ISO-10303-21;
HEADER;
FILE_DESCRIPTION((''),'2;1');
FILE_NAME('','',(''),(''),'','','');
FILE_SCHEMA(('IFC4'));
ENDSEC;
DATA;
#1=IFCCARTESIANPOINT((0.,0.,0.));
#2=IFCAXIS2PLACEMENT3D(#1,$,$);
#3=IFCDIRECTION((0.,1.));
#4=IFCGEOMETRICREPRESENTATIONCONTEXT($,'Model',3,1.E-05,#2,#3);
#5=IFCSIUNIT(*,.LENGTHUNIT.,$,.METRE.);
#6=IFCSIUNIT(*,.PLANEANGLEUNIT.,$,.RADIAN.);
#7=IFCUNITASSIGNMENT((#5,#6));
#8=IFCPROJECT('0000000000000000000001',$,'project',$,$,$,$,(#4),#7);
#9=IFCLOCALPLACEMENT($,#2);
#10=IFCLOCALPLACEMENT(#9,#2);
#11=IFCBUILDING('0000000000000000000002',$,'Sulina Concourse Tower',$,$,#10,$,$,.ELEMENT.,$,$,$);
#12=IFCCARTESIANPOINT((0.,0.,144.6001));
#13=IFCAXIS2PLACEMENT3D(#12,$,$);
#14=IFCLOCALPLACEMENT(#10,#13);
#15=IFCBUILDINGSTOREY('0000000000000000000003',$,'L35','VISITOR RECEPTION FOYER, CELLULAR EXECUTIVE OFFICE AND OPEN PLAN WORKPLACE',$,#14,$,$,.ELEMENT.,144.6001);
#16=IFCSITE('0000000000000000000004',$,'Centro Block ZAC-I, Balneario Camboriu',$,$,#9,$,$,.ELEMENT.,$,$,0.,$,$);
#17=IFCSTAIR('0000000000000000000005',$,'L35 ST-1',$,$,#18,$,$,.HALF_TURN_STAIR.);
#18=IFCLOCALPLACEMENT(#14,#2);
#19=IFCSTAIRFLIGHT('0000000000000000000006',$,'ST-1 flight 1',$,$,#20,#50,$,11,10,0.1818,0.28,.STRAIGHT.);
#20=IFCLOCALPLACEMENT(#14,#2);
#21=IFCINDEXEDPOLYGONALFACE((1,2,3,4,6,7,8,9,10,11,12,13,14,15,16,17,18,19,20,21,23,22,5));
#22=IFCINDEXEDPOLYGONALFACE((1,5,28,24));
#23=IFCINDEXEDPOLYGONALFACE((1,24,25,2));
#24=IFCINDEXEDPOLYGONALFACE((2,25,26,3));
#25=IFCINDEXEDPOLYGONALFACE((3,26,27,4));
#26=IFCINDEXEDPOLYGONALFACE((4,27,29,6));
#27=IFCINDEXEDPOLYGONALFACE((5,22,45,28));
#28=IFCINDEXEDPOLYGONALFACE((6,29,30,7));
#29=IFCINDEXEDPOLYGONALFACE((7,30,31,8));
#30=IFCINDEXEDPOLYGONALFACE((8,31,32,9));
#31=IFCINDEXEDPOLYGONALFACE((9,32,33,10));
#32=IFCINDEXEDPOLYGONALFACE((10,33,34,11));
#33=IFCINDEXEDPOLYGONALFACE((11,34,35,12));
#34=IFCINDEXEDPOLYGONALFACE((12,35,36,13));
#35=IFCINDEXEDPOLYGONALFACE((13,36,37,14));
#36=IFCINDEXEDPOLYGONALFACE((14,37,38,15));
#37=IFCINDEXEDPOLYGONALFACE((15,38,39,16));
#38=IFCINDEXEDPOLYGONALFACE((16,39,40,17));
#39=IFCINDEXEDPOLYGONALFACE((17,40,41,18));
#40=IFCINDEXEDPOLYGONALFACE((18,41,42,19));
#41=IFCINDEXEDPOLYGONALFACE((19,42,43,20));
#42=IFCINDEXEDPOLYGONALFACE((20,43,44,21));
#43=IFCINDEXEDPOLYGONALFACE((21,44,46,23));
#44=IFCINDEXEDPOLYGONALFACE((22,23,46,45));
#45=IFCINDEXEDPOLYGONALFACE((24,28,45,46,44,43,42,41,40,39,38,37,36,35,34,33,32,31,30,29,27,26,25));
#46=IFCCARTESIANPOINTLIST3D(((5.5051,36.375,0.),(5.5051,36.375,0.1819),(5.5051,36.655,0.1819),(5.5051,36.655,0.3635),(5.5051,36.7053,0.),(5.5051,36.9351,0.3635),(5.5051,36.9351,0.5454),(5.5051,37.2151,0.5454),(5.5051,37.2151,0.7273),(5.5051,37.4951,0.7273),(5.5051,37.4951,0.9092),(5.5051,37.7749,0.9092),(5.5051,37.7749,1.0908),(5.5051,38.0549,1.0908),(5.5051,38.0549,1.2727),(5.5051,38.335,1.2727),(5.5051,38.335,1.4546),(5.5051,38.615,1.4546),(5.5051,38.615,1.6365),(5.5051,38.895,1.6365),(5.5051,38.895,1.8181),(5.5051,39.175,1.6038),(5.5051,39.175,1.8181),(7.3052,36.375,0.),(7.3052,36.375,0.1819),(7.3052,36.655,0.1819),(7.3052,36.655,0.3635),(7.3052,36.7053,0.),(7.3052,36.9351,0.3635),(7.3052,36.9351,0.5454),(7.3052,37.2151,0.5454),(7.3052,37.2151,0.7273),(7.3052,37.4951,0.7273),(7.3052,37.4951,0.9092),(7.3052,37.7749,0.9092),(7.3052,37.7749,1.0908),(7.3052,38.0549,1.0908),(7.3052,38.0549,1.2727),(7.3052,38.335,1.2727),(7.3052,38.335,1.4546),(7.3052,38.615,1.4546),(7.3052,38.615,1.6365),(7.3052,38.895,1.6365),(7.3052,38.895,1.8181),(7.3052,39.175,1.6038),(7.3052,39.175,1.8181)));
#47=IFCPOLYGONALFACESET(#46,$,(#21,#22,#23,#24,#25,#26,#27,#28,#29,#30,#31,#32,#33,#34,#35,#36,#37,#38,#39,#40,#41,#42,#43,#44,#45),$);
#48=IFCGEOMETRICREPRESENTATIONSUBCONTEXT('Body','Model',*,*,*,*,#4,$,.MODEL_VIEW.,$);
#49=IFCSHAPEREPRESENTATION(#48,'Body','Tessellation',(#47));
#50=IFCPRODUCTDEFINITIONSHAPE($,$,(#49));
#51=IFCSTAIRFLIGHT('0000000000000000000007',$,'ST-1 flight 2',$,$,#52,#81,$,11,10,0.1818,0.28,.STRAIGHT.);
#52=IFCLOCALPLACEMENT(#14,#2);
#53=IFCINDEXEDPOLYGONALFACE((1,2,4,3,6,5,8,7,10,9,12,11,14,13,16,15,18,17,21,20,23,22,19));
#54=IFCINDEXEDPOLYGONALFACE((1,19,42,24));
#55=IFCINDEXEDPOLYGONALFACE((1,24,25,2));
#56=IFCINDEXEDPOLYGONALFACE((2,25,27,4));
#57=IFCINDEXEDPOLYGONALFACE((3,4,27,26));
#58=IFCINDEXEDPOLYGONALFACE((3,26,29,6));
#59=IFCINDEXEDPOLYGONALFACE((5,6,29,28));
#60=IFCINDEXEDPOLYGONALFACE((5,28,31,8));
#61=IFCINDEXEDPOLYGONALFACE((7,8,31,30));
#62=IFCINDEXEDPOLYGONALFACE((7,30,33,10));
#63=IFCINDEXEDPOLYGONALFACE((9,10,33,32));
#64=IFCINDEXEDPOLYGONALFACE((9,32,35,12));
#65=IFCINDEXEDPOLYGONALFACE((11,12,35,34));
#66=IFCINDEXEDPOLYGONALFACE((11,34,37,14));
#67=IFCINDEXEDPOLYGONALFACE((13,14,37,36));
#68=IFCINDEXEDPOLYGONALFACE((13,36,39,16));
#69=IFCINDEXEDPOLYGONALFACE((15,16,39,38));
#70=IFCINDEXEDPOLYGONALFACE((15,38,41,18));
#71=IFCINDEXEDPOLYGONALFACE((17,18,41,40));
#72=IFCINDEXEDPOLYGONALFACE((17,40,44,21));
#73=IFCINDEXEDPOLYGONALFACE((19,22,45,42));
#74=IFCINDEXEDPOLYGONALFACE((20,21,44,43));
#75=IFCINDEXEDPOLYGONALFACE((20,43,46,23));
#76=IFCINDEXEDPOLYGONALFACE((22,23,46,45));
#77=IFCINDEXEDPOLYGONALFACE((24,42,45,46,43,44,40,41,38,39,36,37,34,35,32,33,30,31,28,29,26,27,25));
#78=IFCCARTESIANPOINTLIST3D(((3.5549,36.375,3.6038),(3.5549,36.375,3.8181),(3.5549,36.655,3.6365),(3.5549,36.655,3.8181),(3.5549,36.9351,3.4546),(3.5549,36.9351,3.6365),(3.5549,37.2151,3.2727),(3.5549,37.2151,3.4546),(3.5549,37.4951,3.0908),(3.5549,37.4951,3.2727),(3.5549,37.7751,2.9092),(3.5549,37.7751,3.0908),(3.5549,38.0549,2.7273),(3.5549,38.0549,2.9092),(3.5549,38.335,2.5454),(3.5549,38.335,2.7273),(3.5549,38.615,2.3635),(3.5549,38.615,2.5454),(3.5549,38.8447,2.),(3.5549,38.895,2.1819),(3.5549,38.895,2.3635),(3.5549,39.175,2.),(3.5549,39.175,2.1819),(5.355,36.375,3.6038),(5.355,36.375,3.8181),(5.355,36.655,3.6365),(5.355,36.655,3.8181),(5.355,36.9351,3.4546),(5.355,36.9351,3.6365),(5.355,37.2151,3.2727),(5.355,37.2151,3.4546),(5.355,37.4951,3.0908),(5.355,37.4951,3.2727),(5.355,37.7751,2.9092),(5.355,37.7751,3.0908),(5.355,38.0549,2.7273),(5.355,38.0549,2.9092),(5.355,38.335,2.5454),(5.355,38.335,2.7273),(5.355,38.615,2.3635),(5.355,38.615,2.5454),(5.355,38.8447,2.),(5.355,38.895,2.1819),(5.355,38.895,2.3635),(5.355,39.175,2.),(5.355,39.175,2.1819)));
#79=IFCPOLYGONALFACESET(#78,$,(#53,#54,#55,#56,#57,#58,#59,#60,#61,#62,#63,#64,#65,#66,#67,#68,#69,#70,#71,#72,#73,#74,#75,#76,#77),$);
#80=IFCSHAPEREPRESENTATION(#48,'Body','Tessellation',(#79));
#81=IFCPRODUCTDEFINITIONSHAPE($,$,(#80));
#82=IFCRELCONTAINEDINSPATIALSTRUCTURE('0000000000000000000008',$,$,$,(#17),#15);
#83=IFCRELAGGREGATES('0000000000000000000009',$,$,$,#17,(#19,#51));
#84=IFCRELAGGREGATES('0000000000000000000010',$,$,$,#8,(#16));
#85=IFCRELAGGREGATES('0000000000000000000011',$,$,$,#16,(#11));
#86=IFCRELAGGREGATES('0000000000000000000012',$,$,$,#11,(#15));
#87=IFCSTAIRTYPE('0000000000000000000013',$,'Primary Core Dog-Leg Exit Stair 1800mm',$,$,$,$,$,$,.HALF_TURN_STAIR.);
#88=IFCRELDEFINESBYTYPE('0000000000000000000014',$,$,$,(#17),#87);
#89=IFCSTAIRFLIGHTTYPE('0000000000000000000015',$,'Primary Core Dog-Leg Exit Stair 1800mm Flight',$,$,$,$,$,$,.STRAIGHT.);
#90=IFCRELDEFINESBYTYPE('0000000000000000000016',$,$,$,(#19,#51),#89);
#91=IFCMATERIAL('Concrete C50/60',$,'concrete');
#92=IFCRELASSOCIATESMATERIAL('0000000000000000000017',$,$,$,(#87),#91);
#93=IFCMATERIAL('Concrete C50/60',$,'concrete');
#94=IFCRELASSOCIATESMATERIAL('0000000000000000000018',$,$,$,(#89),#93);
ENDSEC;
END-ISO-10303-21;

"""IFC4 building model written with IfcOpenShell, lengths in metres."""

from ifc_helpers import new_model, si_unit, direction, frame, origin, place, context, subcontext, project, spatial, polyline, outline, extrude, material, type_object, element, aggregate, save


model = new_model("IFC4")

# Units and contexts
model_context = context("Model", 3, precision=1e-05, world=origin(), true_north=direction((0.0, 1.0)))
body_context = subcontext(model_context, "Body", "Model", "MODEL_VIEW")
ifc_project = project(units=[si_unit("LENGTHUNIT", "METRE"), si_unit("PLANEANGLEUNIT", "RADIAN")], contexts=[model_context])

# Site, building, storey
site_placement = place(None, origin())
site = spatial("IfcSite", under=ifc_project, at=site_placement, Name="Centro Block ZAC-I, Balneario Camboriu", CompositionType="ELEMENT", RefElevation=0.0)
building_placement = place(site_placement, origin())
building = spatial("IfcBuilding", under=site, at=building_placement, Name="Sulina Concourse Tower", CompositionType="ELEMENT")
storey_placement = place(building_placement, frame((0.0, 0.0, 144.6001)))
storey = spatial("IfcBuildingStorey", under=building, at=storey_placement, Name="L35", Description="VISITOR RECEPTION FOYER, CELLULAR EXECUTIVE OFFICE AND OPEN PLAN WORKPLACE", CompositionType="ELEMENT", Elevation=144.6001)

# Stair, stair flights
ifc_material_1 = material(Name="Concrete C50/60", Category="concrete")
stair_type = type_object("IfcStairType", Name="Primary Core Dog-Leg Exit Stair 1800mm", PredefinedType="HALF_TURN_STAIR", material=ifc_material_1)
stair_placement = place(storey_placement, origin())
stair = element("IfcStair", 1, at=stair_placement, inside=storey, type_object=stair_type, Name="L35 ST-1", PredefinedType="HALF_TURN_STAIR")
ifc_material_2 = material(Name="Concrete C50/60", Category="concrete")
stair_flight_type = type_object("IfcStairFlightType", Name="Primary Core Dog-Leg Exit Stair 1800mm Flight", PredefinedType="STRAIGHT", material=ifc_material_2)
stair_flight_1_placement = place(storey_placement, frame((6.405, 36.375, 0.0), z_axis=(0.0, 0.0, 1.0), x_axis=(0.0, 1.0, 0.0)))
stair_flight_1 = element("IfcStairFlight", 2, at=stair_flight_1_placement, type_object=stair_flight_type, Name="ST-1 flight 1", NumberOfRisers=11, NumberOfTreads=10, PredefinedType="STRAIGHT", RiserHeight=0.1818, TreadLength=0.28, context=body_context, shape_type="SweptSolid", body=[
    extrude(outline(polyline([(0.0, 0.0), (0.0, 0.1819), (0.28, 0.1819), (0.28, 0.3635), (0.5601, 0.3635), (0.5601, 0.5454), (0.8401, 0.5454), (0.8401, 0.7273), (1.1201, 0.7273), (1.1201, 0.9092), (1.3999, 0.9092), (1.3999, 1.0908), (1.6799, 1.0908), (1.6799, 1.2727), (1.96, 1.2727), (1.96, 1.4546), (2.24, 1.4546), (2.24, 1.6365), (2.52, 1.6365), (2.52, 1.8181), (2.8, 1.8181), (2.8, 2.0), (2.8, 1.6038), (0.3303, 0.0), (0.0, 0.0)])), frame((0.0, 0.8999, 0.0), z_axis=(0.0, -1.0, 0.0), x_axis=(1.0, 0.0, 0.0)), (0.0, 0.0, 1.0), 1.8),
])
stair_flight_2_placement = place(storey_placement, frame((4.4551, 39.175, 2.0), z_axis=(0.0, 0.0, 1.0), x_axis=(0.0, -1.0, 0.0)))
stair_flight_2 = element("IfcStairFlight", 3, at=stair_flight_2_placement, type_object=stair_flight_type, Name="ST-1 flight 2", NumberOfRisers=11, NumberOfTreads=10, PredefinedType="STRAIGHT", RiserHeight=0.1818, TreadLength=0.28, context=body_context, shape_type="SweptSolid", body=[
    extrude(outline(polyline([(0.0, 0.0), (0.0, 0.1819), (0.28, 0.1819), (0.28, 0.3635), (0.5601, 0.3635), (0.5601, 0.5454), (0.8401, 0.5454), (0.8401, 0.7273), (1.1201, 0.7273), (1.1201, 0.9092), (1.3999, 0.9092), (1.3999, 1.0908), (1.6799, 1.0908), (1.6799, 1.2727), (1.96, 1.2727), (1.96, 1.4546), (2.24, 1.4546), (2.24, 1.6365), (2.52, 1.6365), (2.52, 1.8181), (2.8, 1.8181), (2.8, 2.0), (2.8, 1.6038), (0.3303, 0.0), (0.0, 0.0)])), frame((0.0, 0.8999, 0.0), z_axis=(0.0, -1.0, 0.0), x_axis=(1.0, 0.0, 0.0)), (0.0, 0.0, 1.0), 1.8),
])
aggregate(stair, [stair_flight_1, stair_flight_2])

save(model, "model.ifc")
